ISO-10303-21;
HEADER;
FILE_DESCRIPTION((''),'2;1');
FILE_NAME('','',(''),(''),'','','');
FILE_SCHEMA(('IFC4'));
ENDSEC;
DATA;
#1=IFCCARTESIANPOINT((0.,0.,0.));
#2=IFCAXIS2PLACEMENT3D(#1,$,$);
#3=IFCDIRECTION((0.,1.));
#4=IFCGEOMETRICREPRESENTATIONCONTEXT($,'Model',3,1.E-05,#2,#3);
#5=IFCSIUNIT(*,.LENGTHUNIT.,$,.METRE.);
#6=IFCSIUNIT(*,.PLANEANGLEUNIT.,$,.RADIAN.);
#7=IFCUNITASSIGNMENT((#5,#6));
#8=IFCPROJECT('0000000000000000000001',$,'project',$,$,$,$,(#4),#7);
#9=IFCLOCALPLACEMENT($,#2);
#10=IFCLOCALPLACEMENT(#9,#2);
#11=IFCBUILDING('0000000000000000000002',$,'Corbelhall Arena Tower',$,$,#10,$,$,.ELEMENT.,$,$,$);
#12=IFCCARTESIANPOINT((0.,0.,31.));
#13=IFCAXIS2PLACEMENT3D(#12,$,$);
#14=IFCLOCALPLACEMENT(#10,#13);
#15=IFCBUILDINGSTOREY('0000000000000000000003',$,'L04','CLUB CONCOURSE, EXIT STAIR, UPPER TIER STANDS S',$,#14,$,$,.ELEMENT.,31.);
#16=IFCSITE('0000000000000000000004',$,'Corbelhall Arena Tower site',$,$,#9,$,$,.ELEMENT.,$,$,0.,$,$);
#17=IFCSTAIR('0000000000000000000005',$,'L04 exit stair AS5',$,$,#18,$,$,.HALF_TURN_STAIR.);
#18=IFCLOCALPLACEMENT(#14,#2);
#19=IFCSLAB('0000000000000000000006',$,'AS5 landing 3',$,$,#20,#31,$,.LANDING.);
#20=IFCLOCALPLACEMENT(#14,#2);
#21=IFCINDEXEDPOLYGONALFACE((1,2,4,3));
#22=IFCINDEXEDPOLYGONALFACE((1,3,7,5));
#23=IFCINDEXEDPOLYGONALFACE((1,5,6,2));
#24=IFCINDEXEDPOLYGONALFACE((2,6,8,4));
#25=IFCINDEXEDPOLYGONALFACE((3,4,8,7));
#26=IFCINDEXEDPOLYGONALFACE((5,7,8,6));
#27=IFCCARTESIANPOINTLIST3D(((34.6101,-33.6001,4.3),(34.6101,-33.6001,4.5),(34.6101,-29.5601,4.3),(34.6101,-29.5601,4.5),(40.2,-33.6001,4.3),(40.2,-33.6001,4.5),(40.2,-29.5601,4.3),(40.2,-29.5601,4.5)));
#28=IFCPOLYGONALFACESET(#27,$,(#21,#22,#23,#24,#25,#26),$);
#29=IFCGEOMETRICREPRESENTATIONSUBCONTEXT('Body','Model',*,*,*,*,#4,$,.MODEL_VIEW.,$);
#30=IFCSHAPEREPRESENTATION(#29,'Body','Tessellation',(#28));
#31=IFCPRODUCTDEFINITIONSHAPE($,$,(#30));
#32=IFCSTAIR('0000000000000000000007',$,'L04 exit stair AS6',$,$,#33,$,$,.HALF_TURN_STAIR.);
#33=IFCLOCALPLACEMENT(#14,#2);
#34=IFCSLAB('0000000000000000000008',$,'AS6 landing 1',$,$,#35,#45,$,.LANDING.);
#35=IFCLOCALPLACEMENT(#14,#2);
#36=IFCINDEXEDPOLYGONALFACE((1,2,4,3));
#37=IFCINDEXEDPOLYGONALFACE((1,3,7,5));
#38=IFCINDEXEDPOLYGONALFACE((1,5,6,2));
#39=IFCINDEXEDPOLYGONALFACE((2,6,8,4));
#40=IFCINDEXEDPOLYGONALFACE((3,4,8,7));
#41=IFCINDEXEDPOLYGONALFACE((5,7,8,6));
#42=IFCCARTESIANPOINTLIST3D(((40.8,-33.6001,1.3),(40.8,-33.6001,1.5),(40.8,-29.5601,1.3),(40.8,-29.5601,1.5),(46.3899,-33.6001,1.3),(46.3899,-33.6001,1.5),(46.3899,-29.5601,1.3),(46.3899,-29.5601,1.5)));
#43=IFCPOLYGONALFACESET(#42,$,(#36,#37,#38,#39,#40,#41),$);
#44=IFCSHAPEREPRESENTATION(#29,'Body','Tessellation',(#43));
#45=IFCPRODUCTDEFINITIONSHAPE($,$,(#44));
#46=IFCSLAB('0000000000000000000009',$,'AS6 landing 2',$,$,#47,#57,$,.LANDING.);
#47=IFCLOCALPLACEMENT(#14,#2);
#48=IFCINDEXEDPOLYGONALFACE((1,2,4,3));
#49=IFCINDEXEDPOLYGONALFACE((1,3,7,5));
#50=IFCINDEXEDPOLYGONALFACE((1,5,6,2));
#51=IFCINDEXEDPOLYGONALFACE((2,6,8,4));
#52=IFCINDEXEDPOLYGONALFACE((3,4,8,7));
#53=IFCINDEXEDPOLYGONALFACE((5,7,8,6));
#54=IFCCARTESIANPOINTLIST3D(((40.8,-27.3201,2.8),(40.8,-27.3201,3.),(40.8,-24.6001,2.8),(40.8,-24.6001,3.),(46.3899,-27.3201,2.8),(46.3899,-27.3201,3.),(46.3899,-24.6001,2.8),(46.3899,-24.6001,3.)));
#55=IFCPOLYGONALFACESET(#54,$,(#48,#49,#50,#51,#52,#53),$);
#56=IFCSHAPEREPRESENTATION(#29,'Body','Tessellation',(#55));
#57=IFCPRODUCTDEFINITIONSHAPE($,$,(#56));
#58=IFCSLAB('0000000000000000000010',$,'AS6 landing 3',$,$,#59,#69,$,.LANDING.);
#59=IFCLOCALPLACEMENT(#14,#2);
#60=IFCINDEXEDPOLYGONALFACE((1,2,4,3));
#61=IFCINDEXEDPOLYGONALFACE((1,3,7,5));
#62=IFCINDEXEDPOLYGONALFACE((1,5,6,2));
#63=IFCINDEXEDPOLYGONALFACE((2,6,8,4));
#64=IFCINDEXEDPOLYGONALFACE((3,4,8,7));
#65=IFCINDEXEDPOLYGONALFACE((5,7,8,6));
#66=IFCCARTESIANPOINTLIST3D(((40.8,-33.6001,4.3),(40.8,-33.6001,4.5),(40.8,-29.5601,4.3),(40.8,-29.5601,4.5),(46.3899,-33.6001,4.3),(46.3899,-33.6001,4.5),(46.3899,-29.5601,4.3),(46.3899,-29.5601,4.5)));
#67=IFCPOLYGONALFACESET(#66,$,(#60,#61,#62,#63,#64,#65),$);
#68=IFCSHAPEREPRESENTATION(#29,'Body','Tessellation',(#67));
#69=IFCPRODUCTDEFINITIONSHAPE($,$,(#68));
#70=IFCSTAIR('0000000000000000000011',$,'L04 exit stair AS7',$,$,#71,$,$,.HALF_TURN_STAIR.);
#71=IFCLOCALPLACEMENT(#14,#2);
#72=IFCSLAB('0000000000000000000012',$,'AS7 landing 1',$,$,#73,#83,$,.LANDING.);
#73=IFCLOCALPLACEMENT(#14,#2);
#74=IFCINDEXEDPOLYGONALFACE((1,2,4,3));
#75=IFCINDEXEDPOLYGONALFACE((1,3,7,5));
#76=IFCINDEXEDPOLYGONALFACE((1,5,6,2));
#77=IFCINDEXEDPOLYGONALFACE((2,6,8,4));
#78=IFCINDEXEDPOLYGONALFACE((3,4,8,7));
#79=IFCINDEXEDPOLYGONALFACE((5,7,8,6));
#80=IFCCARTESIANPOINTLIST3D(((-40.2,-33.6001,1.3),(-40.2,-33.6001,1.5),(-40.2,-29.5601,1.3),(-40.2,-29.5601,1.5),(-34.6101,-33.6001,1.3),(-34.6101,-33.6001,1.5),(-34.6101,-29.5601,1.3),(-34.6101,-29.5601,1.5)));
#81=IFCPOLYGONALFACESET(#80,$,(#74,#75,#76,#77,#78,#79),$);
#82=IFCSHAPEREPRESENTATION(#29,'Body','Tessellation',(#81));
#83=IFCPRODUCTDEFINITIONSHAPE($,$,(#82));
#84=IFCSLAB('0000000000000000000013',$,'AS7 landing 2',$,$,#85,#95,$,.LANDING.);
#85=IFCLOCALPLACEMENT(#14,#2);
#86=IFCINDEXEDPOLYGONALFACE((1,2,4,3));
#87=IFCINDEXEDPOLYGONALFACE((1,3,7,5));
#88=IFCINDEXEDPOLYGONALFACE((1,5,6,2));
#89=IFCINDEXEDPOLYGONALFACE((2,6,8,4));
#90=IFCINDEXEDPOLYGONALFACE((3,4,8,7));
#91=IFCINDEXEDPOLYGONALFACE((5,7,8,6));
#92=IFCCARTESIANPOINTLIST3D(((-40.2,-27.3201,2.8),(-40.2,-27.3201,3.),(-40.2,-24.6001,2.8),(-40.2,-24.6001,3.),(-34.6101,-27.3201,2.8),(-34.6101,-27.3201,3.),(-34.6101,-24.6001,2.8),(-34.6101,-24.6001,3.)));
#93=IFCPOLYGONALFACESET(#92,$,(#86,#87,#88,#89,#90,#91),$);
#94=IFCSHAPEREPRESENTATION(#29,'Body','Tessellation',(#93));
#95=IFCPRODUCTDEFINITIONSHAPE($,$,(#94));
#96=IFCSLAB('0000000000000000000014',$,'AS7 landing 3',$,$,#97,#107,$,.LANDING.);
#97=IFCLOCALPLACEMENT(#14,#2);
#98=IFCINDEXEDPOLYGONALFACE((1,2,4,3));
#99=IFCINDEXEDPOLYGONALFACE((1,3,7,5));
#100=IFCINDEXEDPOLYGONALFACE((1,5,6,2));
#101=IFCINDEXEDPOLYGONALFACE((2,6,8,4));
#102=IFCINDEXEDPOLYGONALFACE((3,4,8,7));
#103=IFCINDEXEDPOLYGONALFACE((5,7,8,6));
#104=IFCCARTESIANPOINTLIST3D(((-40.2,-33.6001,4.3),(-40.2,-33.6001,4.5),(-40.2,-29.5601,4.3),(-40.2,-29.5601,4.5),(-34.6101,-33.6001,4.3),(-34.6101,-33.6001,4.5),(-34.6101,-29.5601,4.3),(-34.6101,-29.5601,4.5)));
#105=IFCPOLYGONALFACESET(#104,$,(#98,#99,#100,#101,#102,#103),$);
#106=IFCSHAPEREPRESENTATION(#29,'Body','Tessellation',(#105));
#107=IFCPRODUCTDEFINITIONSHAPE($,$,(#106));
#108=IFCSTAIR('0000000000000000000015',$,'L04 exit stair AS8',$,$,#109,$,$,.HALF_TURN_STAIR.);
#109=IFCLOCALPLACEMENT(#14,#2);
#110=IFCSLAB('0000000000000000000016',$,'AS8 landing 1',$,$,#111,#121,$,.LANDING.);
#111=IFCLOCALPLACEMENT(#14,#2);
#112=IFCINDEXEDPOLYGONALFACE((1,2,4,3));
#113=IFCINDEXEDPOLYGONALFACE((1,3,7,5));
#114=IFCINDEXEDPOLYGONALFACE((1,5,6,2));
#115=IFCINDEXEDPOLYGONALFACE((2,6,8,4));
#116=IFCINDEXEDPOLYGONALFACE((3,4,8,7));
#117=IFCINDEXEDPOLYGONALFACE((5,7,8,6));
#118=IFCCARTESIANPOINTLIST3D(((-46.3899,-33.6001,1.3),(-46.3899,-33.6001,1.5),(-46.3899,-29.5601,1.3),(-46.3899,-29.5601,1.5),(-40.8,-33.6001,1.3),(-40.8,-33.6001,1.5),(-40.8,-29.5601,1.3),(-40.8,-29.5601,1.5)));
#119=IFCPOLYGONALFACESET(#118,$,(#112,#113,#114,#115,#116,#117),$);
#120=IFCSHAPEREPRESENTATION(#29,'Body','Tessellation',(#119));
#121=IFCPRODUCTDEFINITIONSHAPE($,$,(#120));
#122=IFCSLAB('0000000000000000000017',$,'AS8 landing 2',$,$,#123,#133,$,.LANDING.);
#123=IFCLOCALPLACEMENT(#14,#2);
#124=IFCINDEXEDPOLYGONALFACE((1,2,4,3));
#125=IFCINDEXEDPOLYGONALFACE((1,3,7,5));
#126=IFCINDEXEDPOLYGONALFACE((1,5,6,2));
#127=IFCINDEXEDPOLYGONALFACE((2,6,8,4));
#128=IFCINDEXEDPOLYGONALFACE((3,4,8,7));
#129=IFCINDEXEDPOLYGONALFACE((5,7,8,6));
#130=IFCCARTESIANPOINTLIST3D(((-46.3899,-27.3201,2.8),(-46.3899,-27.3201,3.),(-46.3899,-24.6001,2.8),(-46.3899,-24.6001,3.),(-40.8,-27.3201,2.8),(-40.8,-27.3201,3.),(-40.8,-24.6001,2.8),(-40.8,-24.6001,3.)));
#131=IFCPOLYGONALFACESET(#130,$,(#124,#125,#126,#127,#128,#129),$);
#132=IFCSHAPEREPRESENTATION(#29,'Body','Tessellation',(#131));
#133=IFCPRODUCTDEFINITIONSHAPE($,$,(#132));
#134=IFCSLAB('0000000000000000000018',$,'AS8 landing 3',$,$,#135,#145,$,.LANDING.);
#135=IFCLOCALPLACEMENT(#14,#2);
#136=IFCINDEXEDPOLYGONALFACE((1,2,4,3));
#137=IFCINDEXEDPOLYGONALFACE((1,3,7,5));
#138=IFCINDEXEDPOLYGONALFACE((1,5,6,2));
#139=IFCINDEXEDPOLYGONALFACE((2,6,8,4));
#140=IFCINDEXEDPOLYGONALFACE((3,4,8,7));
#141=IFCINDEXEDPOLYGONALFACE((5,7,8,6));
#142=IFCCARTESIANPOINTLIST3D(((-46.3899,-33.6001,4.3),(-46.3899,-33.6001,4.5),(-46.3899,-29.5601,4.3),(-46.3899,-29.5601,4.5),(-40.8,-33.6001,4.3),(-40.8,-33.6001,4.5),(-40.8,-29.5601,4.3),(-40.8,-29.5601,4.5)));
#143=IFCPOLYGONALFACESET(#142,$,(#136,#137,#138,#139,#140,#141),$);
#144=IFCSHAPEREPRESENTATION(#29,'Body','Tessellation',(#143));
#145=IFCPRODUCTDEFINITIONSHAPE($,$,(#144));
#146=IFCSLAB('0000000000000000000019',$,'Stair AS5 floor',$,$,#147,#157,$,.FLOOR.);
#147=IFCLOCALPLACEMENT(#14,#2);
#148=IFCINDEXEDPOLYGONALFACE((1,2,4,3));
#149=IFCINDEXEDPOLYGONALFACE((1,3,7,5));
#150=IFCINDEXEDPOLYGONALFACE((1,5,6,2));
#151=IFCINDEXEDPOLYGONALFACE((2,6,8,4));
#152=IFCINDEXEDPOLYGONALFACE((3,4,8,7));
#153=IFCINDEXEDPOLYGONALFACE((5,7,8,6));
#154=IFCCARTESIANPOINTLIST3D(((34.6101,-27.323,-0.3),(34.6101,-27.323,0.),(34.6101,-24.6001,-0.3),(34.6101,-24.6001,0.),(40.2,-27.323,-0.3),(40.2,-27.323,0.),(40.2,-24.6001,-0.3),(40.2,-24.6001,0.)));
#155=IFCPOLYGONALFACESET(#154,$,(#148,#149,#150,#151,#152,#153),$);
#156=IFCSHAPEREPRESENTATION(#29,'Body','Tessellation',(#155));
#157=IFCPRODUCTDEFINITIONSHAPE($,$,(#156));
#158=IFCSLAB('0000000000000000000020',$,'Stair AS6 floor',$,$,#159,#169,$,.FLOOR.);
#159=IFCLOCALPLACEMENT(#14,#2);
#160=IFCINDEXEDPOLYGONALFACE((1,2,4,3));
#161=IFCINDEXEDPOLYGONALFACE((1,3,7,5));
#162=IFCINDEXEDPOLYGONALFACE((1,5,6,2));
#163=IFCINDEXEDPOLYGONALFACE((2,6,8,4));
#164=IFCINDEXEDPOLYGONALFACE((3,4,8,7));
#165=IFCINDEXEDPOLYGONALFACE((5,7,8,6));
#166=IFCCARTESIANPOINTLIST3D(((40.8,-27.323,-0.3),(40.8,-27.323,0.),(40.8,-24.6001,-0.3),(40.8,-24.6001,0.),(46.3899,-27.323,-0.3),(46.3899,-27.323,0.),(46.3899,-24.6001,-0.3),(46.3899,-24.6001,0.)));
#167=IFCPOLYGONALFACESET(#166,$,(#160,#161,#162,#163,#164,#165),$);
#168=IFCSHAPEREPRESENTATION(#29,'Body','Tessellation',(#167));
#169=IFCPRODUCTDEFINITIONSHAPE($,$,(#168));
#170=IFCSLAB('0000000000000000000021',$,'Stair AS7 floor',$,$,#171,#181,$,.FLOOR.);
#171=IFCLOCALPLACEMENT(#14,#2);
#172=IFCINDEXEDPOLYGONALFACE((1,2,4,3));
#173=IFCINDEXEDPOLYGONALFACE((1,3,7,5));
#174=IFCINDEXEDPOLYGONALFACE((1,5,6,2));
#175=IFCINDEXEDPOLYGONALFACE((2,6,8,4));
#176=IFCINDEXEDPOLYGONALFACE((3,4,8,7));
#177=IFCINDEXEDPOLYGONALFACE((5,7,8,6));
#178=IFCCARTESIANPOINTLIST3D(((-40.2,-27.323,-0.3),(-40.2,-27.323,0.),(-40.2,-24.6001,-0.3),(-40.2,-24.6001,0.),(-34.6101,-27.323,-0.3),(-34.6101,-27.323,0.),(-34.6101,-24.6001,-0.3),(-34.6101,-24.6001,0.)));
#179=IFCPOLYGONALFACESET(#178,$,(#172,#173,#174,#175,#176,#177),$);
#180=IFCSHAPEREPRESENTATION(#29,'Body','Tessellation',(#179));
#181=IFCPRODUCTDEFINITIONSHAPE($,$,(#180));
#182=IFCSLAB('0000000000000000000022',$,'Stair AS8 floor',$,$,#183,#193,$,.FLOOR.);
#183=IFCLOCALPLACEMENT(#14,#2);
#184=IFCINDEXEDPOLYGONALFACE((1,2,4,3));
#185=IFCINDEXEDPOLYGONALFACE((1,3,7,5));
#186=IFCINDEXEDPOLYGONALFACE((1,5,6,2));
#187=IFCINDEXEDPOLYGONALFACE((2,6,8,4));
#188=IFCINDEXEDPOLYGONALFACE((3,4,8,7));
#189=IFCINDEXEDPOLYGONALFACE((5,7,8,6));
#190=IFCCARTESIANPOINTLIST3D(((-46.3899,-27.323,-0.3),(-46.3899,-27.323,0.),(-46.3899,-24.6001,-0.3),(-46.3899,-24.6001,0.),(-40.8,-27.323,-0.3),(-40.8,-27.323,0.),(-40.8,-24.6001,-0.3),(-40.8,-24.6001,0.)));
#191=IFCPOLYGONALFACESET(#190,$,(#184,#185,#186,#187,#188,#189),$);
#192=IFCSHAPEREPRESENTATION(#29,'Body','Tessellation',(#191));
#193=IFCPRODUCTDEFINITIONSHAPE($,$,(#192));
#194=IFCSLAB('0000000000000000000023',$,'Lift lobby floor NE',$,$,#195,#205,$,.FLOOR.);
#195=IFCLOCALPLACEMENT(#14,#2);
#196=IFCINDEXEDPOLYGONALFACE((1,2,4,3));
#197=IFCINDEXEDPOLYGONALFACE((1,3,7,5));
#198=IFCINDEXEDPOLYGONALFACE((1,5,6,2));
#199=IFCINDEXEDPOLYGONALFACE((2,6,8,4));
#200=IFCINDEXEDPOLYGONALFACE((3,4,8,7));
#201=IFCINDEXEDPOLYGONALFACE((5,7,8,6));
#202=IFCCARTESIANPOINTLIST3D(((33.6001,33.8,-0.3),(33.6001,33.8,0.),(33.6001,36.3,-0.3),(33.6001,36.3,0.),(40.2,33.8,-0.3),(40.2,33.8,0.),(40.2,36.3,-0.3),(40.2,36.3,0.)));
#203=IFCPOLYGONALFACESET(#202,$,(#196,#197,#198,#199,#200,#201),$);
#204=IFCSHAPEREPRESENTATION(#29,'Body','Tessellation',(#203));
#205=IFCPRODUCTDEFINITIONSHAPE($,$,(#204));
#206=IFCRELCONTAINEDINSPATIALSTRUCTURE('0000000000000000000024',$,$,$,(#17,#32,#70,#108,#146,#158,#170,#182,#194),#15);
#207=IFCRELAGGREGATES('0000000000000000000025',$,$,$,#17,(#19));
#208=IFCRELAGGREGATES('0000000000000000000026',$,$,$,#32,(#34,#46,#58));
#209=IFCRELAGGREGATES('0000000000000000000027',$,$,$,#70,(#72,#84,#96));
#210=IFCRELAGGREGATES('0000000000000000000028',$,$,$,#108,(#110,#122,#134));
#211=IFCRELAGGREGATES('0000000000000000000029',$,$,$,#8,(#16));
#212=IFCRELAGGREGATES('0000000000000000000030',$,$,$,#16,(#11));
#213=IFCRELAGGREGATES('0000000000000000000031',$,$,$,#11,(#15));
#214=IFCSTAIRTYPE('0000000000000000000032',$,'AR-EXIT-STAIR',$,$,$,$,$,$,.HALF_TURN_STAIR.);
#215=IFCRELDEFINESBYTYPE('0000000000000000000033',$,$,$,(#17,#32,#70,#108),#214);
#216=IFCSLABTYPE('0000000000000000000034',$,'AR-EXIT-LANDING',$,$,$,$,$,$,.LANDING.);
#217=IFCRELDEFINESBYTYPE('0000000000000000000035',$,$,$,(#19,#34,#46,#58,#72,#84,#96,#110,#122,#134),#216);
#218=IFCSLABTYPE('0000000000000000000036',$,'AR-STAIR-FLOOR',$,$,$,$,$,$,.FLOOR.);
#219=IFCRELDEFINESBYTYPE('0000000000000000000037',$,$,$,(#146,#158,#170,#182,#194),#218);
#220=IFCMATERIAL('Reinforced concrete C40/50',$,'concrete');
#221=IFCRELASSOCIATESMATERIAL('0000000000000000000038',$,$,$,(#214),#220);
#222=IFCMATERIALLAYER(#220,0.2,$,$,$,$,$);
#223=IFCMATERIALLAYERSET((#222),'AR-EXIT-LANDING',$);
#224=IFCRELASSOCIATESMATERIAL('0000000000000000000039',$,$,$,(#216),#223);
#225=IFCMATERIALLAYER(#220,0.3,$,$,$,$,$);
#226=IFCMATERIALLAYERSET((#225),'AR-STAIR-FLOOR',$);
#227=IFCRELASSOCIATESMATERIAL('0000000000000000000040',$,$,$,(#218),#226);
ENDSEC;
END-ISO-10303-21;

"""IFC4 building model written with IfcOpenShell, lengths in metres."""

from ifc_helpers import new_model, si_unit, direction, frame, origin, place, context, subcontext, project, spatial, polyline, outline, extrude, material, layer, layer_set, type_object, element, aggregate, save


model = new_model("IFC4")

# Units and contexts
model_context = context("Model", 3, precision=1e-05, world=origin(), true_north=direction((0.0, 1.0)))
body_context = subcontext(model_context, "Body", "Model", "MODEL_VIEW")
ifc_project = project(units=[si_unit("LENGTHUNIT", "METRE"), si_unit("PLANEANGLEUNIT", "RADIAN")], contexts=[model_context])

# Site, building, storey
site_placement = place(None, origin())
site = spatial("IfcSite", under=ifc_project, at=site_placement, Name="Corbelhall Arena Tower site", CompositionType="ELEMENT", RefElevation=0.0)
building_placement = place(site_placement, origin())
building = spatial("IfcBuilding", under=site, at=building_placement, Name="Corbelhall Arena Tower", CompositionType="ELEMENT")
storey_placement = place(building_placement, frame((0.0, 0.0, 31.0)))
storey = spatial("IfcBuildingStorey", under=building, at=storey_placement, Name="L04", Description="CLUB CONCOURSE, EXIT STAIR, UPPER TIER STANDS S", CompositionType="ELEMENT", Elevation=31.0)

# Stair, slab
ifc_material = material(Name="Reinforced concrete C40/50", Category="concrete")
stair_type = type_object("IfcStairType", Name="AR-EXIT-STAIR", PredefinedType="HALF_TURN_STAIR", material=ifc_material)
stair_1_placement = place(storey_placement, origin())
stair_1 = element("IfcStair", 1, at=stair_1_placement, inside=storey, type_object=stair_type, Name="L04 exit stair AS5", PredefinedType="HALF_TURN_STAIR")
ifc_layer_1 = layer(ifc_material, 0.2)
ifc_layer_set_1 = layer_set([ifc_layer_1], Name="AR-EXIT-LANDING")
slab_type_1 = type_object("IfcSlabType", Name="AR-EXIT-LANDING", PredefinedType="LANDING", material=ifc_layer_set_1)
slab_1_placement = place(storey_placement, frame((0.0, 0.0, 4.3)))
slab_1 = element("IfcSlab", 2, at=slab_1_placement, type_object=slab_type_1, Name="AS5 landing 3", PredefinedType="LANDING", context=body_context, shape_type="SweptSolid", body=[
    extrude(outline(polyline([(34.6101, -29.5601), (34.6101, -33.6001), (40.2, -33.6001), (40.2, -29.5601), (34.6101, -29.5601)])), origin(), (0.0, 0.0, 1.0), 0.2),
])
aggregate(stair_1, [slab_1])

# Stairs, slabs
stair_2_placement = place(storey_placement, origin())
stair_2 = element("IfcStair", 3, at=stair_2_placement, inside=storey, type_object=stair_type, Name="L04 exit stair AS6", PredefinedType="HALF_TURN_STAIR")
slab_2_placement = place(storey_placement, frame((0.0, 0.0, 1.3)))
slab_2 = element("IfcSlab", 4, at=slab_2_placement, type_object=slab_type_1, Name="AS6 landing 1", PredefinedType="LANDING", context=body_context, shape_type="SweptSolid", body=[
    extrude(outline(polyline([(40.8, -29.5601), (40.8, -33.6001), (46.3899, -33.6001), (46.3899, -29.5601), (40.8, -29.5601)])), origin(), (0.0, 0.0, 1.0), 0.2),
])
slab_3_placement = place(storey_placement, frame((0.0, 0.0, 2.8)))
slab_3 = element("IfcSlab", 5, at=slab_3_placement, type_object=slab_type_1, Name="AS6 landing 2", PredefinedType="LANDING", context=body_context, shape_type="SweptSolid", body=[
    extrude(outline(polyline([(40.8, -24.6001), (40.8, -27.3201), (46.3899, -27.3201), (46.3899, -24.6001), (40.8, -24.6001)])), origin(), (0.0, 0.0, 1.0), 0.2),
])
slab_4_placement = place(storey_placement, frame((0.0, 0.0, 4.3)))
slab_4 = element("IfcSlab", 6, at=slab_4_placement, type_object=slab_type_1, Name="AS6 landing 3", PredefinedType="LANDING", context=body_context, shape_type="SweptSolid", body=[
    extrude(outline(polyline([(40.8, -29.5601), (40.8, -33.6001), (46.3899, -33.6001), (46.3899, -29.5601), (40.8, -29.5601)])), origin(), (0.0, 0.0, 1.0), 0.2),
])
aggregate(stair_2, [slab_2, slab_3, slab_4])
stair_3_placement = place(storey_placement, origin())
stair_3 = element("IfcStair", 7, at=stair_3_placement, inside=storey, type_object=stair_type, Name="L04 exit stair AS7", PredefinedType="HALF_TURN_STAIR")
slab_5_placement = place(storey_placement, frame((0.0, 0.0, 1.3)))
slab_5 = element("IfcSlab", 8, at=slab_5_placement, type_object=slab_type_1, Name="AS7 landing 1", PredefinedType="LANDING", context=body_context, shape_type="SweptSolid", body=[
    extrude(outline(polyline([(-40.2, -29.5601), (-40.2, -33.6001), (-34.6101, -33.6001), (-34.6101, -29.5601), (-40.2, -29.5601)])), origin(), (0.0, 0.0, 1.0), 0.2),
])
slab_6_placement = place(storey_placement, frame((0.0, 0.0, 2.8)))
slab_6 = element("IfcSlab", 9, at=slab_6_placement, type_object=slab_type_1, Name="AS7 landing 2", PredefinedType="LANDING", context=body_context, shape_type="SweptSolid", body=[
    extrude(outline(polyline([(-40.2, -24.6001), (-40.2, -27.3201), (-34.6101, -27.3201), (-34.6101, -24.6001), (-40.2, -24.6001)])), origin(), (0.0, 0.0, 1.0), 0.2),
])
slab_7_placement = place(storey_placement, frame((0.0, 0.0, 4.3)))
slab_7 = element("IfcSlab", 10, at=slab_7_placement, type_object=slab_type_1, Name="AS7 landing 3", PredefinedType="LANDING", context=body_context, shape_type="SweptSolid", body=[
    extrude(outline(polyline([(-40.2, -29.5601), (-40.2, -33.6001), (-34.6101, -33.6001), (-34.6101, -29.5601), (-40.2, -29.5601)])), origin(), (0.0, 0.0, 1.0), 0.2),
])
aggregate(stair_3, [slab_5, slab_6, slab_7])
stair_4_placement = place(storey_placement, origin())
stair_4 = element("IfcStair", 11, at=stair_4_placement, inside=storey, type_object=stair_type, Name="L04 exit stair AS8", PredefinedType="HALF_TURN_STAIR")
slab_8_placement = place(storey_placement, frame((0.0, 0.0, 1.3)))
slab_8 = element("IfcSlab", 12, at=slab_8_placement, type_object=slab_type_1, Name="AS8 landing 1", PredefinedType="LANDING", context=body_context, shape_type="SweptSolid", body=[
    extrude(outline(polyline([(-46.3899, -29.5601), (-46.3899, -33.6001), (-40.8, -33.6001), (-40.8, -29.5601), (-46.3899, -29.5601)])), origin(), (0.0, 0.0, 1.0), 0.2),
])
slab_9_placement = place(storey_placement, frame((0.0, 0.0, 2.8)))
slab_9 = element("IfcSlab", 13, at=slab_9_placement, type_object=slab_type_1, Name="AS8 landing 2", PredefinedType="LANDING", context=body_context, shape_type="SweptSolid", body=[
    extrude(outline(polyline([(-46.3899, -24.6001), (-46.3899, -27.3201), (-40.8, -27.3201), (-40.8, -24.6001), (-46.3899, -24.6001)])), origin(), (0.0, 0.0, 1.0), 0.2),
])
slab_10_placement = place(storey_placement, frame((0.0, 0.0, 4.3)))
slab_10 = element("IfcSlab", 14, at=slab_10_placement, type_object=slab_type_1, Name="AS8 landing 3", PredefinedType="LANDING", context=body_context, shape_type="SweptSolid", body=[
    extrude(outline(polyline([(-46.3899, -29.5601), (-46.3899, -33.6001), (-40.8, -33.6001), (-40.8, -29.5601), (-46.3899, -29.5601)])), origin(), (0.0, 0.0, 1.0), 0.2),
])
aggregate(stair_4, [slab_8, slab_9, slab_10])

# Slabs
ifc_layer_2 = layer(ifc_material, 0.3)
ifc_layer_set_2 = layer_set([ifc_layer_2], Name="AR-STAIR-FLOOR")
slab_type_2 = type_object("IfcSlabType", Name="AR-STAIR-FLOOR", PredefinedType="FLOOR", material=ifc_layer_set_2)
slab_11_placement = place(storey_placement, frame((0.0, 0.0, -0.3)))
element("IfcSlab", 15, at=slab_11_placement, inside=storey, type_object=slab_type_2, Name="Stair AS5 floor", PredefinedType="FLOOR", context=body_context, shape_type="SweptSolid", body=[
    extrude(outline(polyline([(34.6101, -24.6001), (40.2, -24.6001), (40.2, -27.323), (34.6101, -27.323), (34.6101, -24.6001)])), origin(), (0.0, 0.0, 1.0), 0.3),
])
slab_12_placement = place(storey_placement, frame((0.0, 0.0, -0.3)))
element("IfcSlab", 16, at=slab_12_placement, inside=storey, type_object=slab_type_2, Name="Stair AS6 floor", PredefinedType="FLOOR", context=body_context, shape_type="SweptSolid", body=[
    extrude(outline(polyline([(40.8, -24.6001), (46.3899, -24.6001), (46.3899, -27.323), (40.8, -27.323), (40.8, -24.6001)])), origin(), (0.0, 0.0, 1.0), 0.3),
])
slab_13_placement = place(storey_placement, frame((0.0, 0.0, -0.3)))
element("IfcSlab", 17, at=slab_13_placement, inside=storey, type_object=slab_type_2, Name="Stair AS7 floor", PredefinedType="FLOOR", context=body_context, shape_type="SweptSolid", body=[
    extrude(outline(polyline([(-40.2, -24.6001), (-34.6101, -24.6001), (-34.6101, -27.323), (-40.2, -27.323), (-40.2, -24.6001)])), origin(), (0.0, 0.0, 1.0), 0.3),
])
slab_14_placement = place(storey_placement, frame((0.0, 0.0, -0.3)))
element("IfcSlab", 18, at=slab_14_placement, inside=storey, type_object=slab_type_2, Name="Stair AS8 floor", PredefinedType="FLOOR", context=body_context, shape_type="SweptSolid", body=[
    extrude(outline(polyline([(-46.3899, -24.6001), (-40.8, -24.6001), (-40.8, -27.323), (-46.3899, -27.323), (-46.3899, -24.6001)])), origin(), (0.0, 0.0, 1.0), 0.3),
])
slab_15_placement = place(storey_placement, frame((0.0, 0.0, -0.3)))
element("IfcSlab", 19, at=slab_15_placement, inside=storey, type_object=slab_type_2, Name="Lift lobby floor NE", PredefinedType="FLOOR", context=body_context, shape_type="SweptSolid", body=[
    extrude(outline(polyline([(40.2, 33.8), (40.2, 36.3), (33.6001, 36.3), (33.6001, 33.8), (40.2, 33.8)])), origin(), (0.0, 0.0, 1.0), 0.3),
])

save(model, "model.ifc")
